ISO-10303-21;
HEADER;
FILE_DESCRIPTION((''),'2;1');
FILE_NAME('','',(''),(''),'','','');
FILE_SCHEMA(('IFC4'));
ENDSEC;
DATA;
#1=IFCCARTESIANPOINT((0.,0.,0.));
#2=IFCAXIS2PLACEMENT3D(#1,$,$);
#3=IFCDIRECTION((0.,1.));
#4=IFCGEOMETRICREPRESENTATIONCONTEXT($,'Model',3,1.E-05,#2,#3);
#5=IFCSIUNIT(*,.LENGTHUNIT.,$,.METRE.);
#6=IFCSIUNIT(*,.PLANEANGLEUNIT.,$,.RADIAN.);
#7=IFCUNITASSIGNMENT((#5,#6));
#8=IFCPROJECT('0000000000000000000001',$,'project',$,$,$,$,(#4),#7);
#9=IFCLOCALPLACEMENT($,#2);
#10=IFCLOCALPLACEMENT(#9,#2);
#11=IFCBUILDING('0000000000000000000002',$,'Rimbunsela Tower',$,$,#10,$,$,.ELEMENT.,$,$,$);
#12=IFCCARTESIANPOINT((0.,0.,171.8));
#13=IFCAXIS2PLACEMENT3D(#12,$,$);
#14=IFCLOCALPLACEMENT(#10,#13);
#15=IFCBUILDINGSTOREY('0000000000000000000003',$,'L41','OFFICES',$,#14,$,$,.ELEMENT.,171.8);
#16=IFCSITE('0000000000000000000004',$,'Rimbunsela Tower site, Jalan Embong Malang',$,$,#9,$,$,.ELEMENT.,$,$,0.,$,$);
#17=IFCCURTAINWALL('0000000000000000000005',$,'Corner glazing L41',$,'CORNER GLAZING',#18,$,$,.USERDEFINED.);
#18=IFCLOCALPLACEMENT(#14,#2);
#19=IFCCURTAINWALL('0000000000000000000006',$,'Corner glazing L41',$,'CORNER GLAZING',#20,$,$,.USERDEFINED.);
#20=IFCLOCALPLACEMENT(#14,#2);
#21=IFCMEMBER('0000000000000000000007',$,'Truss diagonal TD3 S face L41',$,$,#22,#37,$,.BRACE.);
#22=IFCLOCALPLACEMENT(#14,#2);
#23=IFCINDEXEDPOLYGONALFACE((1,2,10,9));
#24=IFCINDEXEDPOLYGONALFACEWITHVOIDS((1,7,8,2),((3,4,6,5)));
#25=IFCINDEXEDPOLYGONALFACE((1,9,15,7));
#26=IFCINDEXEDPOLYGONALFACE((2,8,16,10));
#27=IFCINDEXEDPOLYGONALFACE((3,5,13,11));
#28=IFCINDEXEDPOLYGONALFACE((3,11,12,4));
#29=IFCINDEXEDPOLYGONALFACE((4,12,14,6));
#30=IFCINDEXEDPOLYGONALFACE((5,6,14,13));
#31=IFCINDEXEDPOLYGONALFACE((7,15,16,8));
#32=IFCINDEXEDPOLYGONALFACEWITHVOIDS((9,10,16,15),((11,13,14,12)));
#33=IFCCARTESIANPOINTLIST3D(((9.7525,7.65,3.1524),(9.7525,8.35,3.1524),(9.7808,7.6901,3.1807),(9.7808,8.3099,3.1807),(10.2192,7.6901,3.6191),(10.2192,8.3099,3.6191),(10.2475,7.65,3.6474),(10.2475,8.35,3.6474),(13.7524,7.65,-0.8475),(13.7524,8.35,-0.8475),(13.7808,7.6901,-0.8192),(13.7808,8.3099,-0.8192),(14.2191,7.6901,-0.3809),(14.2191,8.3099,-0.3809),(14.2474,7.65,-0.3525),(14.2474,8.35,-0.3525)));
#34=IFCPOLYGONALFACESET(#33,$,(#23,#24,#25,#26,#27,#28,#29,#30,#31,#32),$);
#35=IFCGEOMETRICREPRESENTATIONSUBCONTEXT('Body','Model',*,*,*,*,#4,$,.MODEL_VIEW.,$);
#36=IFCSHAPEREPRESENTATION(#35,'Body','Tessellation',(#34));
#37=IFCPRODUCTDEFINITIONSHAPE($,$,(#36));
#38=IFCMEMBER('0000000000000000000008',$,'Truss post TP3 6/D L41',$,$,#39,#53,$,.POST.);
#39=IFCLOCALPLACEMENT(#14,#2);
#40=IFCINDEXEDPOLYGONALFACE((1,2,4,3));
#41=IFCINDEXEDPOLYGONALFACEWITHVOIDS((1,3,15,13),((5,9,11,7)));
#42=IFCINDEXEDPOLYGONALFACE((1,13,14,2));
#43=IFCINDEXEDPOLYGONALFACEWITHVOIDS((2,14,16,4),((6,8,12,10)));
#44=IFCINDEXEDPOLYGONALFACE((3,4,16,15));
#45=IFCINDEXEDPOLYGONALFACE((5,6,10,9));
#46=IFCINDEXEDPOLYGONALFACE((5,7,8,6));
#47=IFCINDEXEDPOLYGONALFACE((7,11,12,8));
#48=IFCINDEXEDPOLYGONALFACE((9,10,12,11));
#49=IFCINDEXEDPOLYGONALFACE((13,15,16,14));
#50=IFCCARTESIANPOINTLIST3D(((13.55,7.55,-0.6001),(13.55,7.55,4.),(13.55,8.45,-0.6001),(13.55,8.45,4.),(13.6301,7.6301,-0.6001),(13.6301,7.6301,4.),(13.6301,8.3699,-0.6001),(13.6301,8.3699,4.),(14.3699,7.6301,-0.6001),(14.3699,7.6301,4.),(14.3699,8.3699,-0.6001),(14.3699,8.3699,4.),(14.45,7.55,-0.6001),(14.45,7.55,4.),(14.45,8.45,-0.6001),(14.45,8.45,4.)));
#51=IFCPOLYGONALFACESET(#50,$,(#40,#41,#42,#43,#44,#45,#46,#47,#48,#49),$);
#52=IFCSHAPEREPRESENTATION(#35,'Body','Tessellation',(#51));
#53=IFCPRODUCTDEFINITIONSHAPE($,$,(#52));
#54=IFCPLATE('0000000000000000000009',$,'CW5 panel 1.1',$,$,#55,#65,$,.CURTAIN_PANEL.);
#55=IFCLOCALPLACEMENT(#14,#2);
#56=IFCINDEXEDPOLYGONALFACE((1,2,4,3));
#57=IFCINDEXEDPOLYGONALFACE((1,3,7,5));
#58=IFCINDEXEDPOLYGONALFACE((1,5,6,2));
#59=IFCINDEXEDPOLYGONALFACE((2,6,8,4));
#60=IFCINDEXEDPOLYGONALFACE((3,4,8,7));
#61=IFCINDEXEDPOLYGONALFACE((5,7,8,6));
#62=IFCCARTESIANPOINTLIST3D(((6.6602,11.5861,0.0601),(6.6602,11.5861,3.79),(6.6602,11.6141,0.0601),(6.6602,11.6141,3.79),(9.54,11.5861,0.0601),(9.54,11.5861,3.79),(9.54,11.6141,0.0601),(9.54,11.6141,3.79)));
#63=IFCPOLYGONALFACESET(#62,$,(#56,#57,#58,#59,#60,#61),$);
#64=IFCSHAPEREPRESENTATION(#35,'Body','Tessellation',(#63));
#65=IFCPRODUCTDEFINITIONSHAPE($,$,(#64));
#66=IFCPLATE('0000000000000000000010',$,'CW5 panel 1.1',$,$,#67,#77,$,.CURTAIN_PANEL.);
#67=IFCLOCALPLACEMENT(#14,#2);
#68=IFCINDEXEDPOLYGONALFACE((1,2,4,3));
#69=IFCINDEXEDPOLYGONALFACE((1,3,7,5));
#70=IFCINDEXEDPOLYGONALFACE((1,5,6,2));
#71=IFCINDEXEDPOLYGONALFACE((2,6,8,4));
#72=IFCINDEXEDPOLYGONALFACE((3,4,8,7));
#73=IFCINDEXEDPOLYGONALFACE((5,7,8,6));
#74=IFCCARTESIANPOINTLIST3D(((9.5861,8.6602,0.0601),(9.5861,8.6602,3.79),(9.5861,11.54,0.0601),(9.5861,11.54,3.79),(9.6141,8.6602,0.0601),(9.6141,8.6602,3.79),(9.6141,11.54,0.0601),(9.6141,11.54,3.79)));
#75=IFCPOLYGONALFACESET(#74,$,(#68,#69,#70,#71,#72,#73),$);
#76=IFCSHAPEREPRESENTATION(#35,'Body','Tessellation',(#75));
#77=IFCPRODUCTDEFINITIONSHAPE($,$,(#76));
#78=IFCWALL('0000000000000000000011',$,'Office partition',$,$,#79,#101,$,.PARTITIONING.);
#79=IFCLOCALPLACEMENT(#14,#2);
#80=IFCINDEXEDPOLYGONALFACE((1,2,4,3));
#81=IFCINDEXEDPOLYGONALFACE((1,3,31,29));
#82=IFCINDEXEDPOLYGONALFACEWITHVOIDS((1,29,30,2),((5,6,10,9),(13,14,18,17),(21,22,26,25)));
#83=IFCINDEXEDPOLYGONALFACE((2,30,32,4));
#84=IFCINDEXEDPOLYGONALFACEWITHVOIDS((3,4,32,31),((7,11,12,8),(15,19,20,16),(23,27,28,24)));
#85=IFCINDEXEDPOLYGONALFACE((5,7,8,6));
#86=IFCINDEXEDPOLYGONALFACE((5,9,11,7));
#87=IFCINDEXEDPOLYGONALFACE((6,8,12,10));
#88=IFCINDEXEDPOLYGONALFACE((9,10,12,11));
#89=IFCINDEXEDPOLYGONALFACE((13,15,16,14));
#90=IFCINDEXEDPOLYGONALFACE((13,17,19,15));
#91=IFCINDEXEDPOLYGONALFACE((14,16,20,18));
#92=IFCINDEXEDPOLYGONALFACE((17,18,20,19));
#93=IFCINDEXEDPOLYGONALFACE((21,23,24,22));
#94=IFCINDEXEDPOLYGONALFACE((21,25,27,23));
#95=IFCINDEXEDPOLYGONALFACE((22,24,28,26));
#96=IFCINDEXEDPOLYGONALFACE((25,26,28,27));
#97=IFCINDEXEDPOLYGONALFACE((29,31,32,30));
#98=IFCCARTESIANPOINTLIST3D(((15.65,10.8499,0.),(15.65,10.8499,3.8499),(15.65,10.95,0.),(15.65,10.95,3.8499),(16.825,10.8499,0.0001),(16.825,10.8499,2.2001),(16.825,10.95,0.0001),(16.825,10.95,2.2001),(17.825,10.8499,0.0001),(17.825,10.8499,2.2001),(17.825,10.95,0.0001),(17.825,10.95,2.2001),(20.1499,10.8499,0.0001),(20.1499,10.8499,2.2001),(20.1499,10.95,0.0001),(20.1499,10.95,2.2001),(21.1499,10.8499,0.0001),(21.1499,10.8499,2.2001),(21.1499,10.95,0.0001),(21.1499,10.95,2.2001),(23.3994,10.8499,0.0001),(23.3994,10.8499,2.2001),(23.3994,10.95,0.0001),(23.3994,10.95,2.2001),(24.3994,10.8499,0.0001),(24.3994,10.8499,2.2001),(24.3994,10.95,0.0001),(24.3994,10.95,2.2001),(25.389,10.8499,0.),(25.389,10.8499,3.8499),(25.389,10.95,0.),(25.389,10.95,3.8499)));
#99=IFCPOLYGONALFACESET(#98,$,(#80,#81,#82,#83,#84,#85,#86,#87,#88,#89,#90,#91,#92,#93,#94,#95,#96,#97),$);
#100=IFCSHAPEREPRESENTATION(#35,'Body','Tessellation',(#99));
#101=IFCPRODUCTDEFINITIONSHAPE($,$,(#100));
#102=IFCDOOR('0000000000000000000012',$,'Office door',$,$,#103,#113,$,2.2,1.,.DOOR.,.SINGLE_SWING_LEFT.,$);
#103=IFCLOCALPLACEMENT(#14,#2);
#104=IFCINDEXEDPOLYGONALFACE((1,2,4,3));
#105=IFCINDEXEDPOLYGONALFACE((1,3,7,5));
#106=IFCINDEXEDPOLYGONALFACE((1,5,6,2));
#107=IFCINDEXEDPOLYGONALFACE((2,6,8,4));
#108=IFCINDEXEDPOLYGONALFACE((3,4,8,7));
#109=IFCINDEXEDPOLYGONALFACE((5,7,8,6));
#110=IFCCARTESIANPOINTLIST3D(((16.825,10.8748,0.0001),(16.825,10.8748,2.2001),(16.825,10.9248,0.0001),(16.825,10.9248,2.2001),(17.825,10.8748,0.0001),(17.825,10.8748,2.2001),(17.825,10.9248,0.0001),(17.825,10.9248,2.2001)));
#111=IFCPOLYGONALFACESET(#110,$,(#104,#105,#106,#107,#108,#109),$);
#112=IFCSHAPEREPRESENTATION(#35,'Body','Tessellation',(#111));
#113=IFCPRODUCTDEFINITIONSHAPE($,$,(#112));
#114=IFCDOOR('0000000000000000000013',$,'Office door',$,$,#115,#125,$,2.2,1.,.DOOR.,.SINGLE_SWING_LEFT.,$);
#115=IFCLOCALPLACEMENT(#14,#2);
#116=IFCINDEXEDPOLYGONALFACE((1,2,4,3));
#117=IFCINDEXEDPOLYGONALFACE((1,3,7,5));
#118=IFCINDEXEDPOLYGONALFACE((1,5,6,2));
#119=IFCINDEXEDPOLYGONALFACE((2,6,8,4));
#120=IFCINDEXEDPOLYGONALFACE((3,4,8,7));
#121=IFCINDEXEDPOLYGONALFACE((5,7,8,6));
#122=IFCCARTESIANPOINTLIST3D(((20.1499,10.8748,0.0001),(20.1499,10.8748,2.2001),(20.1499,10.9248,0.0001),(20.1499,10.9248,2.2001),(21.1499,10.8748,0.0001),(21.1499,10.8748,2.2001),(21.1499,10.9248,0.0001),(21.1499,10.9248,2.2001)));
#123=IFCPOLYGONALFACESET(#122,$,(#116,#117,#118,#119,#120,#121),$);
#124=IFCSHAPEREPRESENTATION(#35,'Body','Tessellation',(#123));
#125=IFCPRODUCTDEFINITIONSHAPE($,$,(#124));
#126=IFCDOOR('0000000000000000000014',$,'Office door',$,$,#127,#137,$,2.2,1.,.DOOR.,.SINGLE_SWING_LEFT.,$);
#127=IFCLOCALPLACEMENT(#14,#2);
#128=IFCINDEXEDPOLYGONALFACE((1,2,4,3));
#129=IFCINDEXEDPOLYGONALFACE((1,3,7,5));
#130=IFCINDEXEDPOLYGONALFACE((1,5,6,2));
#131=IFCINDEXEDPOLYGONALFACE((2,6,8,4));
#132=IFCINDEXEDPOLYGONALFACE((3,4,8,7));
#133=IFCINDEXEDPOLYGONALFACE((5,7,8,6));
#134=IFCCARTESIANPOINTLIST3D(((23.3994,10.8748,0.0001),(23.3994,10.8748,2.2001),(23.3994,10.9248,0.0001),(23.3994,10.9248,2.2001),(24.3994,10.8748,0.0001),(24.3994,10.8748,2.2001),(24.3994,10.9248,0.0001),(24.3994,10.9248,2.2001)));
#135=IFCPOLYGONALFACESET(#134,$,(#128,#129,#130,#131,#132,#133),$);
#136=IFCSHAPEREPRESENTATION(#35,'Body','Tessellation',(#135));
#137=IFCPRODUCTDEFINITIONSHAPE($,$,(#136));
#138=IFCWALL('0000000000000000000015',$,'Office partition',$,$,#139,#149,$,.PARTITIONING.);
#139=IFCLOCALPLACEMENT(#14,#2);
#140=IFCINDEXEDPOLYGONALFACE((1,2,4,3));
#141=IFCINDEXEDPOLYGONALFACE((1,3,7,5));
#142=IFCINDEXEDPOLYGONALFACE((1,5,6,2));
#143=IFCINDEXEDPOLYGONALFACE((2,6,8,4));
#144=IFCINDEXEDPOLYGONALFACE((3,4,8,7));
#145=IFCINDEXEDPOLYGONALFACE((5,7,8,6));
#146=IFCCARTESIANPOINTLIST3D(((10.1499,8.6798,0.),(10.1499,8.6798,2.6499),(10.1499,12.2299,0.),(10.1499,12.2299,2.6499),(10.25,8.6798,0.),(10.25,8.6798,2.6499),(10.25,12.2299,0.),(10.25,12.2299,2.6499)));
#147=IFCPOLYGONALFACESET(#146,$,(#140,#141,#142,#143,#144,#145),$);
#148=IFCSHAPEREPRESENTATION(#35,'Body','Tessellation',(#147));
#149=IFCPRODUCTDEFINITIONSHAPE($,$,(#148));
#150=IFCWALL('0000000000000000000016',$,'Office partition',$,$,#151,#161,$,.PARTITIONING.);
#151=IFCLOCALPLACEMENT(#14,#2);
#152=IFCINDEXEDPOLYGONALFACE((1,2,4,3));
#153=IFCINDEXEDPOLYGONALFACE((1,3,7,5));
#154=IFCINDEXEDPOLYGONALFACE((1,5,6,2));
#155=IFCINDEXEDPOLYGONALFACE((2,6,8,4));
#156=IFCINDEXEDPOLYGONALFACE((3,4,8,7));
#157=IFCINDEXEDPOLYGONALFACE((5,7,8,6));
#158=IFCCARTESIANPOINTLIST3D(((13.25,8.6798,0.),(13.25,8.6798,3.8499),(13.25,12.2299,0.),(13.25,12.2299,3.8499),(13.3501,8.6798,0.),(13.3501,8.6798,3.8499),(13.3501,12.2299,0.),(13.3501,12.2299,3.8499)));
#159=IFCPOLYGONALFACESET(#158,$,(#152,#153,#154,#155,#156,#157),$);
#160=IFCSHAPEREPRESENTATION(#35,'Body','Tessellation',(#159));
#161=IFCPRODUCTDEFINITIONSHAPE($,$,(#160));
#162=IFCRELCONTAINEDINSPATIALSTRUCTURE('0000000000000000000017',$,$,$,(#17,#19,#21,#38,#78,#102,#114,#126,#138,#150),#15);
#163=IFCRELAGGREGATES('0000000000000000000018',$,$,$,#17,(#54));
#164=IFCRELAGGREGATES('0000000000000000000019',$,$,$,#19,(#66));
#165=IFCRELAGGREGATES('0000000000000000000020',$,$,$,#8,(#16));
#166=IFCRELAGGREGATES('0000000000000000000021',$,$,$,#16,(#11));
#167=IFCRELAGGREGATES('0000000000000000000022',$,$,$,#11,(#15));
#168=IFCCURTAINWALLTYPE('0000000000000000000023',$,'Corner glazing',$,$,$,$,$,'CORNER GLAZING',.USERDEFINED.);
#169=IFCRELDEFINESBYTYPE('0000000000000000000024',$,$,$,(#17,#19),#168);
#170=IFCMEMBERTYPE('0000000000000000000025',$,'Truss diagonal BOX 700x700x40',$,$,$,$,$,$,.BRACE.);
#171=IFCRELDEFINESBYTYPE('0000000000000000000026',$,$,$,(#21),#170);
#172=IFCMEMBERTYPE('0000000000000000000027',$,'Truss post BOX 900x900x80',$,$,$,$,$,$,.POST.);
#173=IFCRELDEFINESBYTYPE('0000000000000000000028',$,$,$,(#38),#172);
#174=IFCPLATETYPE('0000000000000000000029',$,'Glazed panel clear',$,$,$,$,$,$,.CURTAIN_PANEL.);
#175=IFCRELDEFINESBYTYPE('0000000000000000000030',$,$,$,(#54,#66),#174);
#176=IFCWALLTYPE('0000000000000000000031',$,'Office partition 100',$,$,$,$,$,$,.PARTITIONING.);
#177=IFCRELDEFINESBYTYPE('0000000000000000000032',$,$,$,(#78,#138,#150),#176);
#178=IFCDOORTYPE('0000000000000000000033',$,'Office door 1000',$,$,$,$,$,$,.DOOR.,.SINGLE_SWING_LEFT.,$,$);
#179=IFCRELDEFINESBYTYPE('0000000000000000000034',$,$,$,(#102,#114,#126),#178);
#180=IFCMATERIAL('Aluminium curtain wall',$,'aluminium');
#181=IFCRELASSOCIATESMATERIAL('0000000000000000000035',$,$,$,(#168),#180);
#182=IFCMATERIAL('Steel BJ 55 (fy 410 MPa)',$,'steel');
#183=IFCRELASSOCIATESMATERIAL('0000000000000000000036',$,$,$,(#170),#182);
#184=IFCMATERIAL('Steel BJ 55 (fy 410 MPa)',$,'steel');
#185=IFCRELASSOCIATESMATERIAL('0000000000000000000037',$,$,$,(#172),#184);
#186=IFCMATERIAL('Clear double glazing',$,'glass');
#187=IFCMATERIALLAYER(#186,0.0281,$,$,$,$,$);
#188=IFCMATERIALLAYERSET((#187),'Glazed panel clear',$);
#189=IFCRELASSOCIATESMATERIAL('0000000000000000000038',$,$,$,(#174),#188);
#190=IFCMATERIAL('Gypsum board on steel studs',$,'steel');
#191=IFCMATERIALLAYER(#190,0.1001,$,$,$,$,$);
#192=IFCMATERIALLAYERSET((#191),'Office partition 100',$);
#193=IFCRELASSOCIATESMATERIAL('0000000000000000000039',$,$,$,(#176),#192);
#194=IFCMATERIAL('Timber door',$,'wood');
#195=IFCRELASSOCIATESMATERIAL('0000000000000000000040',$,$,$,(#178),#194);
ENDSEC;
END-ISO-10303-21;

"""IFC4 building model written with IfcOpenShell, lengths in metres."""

from ifc_helpers import new_model, si_unit, direction, frame, frame_2d, origin, origin_2d, place, context, subcontext, project, spatial, rectangle, hollow_rectangle, extrude, material, layer, layer_set, material_profile, profile_set, type_object, element, fill, aggregate, save


model = new_model("IFC4")

# Units and contexts
model_context = context("Model", 3, precision=1e-05, world=origin(), true_north=direction((0.0, 1.0)))
body_context = subcontext(model_context, "Body", "Model", "MODEL_VIEW")
ifc_project = project(units=[si_unit("LENGTHUNIT", "METRE"), si_unit("PLANEANGLEUNIT", "RADIAN")], contexts=[model_context])

# Site, building, storey
site_placement = place(None, origin())
site = spatial("IfcSite", under=ifc_project, at=site_placement, Name="Rimbunsela Tower site, Jalan Embong Malang", CompositionType="ELEMENT", RefElevation=0.0)
building_placement = place(site_placement, origin())
building = spatial("IfcBuilding", under=site, at=building_placement, Name="Rimbunsela Tower", CompositionType="ELEMENT")
storey_placement = place(building_placement, frame((0.0, 0.0, 171.8)))
storey = spatial("IfcBuildingStorey", under=building, at=storey_placement, Name="L41", Description="OFFICES", CompositionType="ELEMENT", Elevation=171.8)

# Curtain walls
ifc_material_1 = material(Name="Aluminium curtain wall", Category="aluminium")
curtain_wall_type_1 = type_object("IfcCurtainWallType", Name="Corner glazing", ElementType="CORNER GLAZING", PredefinedType="USERDEFINED", material=ifc_material_1)
curtain_wall_1_placement = place(storey_placement, origin())
curtain_wall_1 = element("IfcCurtainWall", 1, at=curtain_wall_1_placement, inside=storey, type_object=curtain_wall_type_1, Name="Corner glazing L41", ObjectType="CORNER GLAZING", PredefinedType="USERDEFINED")
curtain_wall_2_placement = place(storey_placement, origin())
curtain_wall_2 = element("IfcCurtainWall", 2, at=curtain_wall_2_placement, inside=storey, type_object=curtain_wall_type_1, Name="Corner glazing L41", ObjectType="CORNER GLAZING", PredefinedType="USERDEFINED")

# Members
ifc_material_2 = material(Name="Steel BJ 55 (fy 410 MPa)", Category="steel")
ifc_material_profile_1 = material_profile(ifc_material_2, hollow_rectangle(XDim=0.7, YDim=0.7, WallThickness=0.04, at=origin_2d()), Name="BOX 700x700x40")
ifc_profile_set_1 = profile_set([ifc_material_profile_1], Name="Steel BJ 55 (fy 410 MPa)")
member_type_1 = type_object("IfcMemberType", Name="Truss diagonal BOX 700x700x40", PredefinedType="BRACE", material=ifc_profile_set_1)
member_1_placement = place(storey_placement, frame((10.0, 8.0, 3.3999), z_axis=(0.707107, 0.0, -0.707107), x_axis=(0.0, 1.0, 0.0)))
element("IfcMember", 3, at=member_1_placement, inside=storey, type_object=member_type_1, Name="Truss diagonal TD3 S face L41", PredefinedType="BRACE", context=body_context, shape_type="SweptSolid", body=[
    extrude(hollow_rectangle(XDim=0.7, YDim=0.7, WallThickness=0.04, at=origin_2d()), origin(), (0.0, 0.0, 1.0), 5.6567),
])
ifc_material_3 = material(Name="Steel BJ 55 (fy 410 MPa)", Category="steel")
ifc_material_profile_2 = material_profile(ifc_material_3, hollow_rectangle(XDim=0.8999, YDim=0.8999, WallThickness=0.0801, at=origin_2d()), Name="BOX 900x900x80")
ifc_profile_set_2 = profile_set([ifc_material_profile_2], Name="Steel BJ 55 (fy 410 MPa)")
member_type_2 = type_object("IfcMemberType", Name="Truss post BOX 900x900x80", PredefinedType="POST", material=ifc_profile_set_2)
member_2_placement = place(storey_placement, frame((14.0, 8.0, -0.6001), z_axis=(0.0, 0.0, 1.0), x_axis=(1.0, 0.0, 0.0)))
element("IfcMember", 4, at=member_2_placement, inside=storey, type_object=member_type_2, Name="Truss post TP3 6/D L41", PredefinedType="POST", context=body_context, shape_type="SweptSolid", body=[
    extrude(hollow_rectangle(XDim=0.8999, YDim=0.8999, WallThickness=0.0801, at=origin_2d()), origin(), (0.0, 0.0, 1.0), 4.6001),
])

# Plates
ifc_material_4 = material(Name="Clear double glazing", Category="glass")
ifc_layer_1 = layer(ifc_material_4, 0.0281)
ifc_layer_set_1 = layer_set([ifc_layer_1], Name="Glazed panel clear")
plate_type = type_object("IfcPlateType", Name="Glazed panel clear", PredefinedType="CURTAIN_PANEL", material=ifc_layer_set_1)
plate_1_placement = place(storey_placement, frame((8.1001, 11.6001, 0.0601), z_axis=(0.0, 0.0, 1.0), x_axis=(1.0, 0.0, 0.0)))
plate_1 = element("IfcPlate", 5, at=plate_1_placement, type_object=plate_type, Name="CW5 panel 1.1", PredefinedType="CURTAIN_PANEL", context=body_context, shape_type="SweptSolid", body=[
    extrude(rectangle(XDim=2.8799, YDim=0.0281, at=origin_2d()), origin(), (0.0, 0.0, 1.0), 3.73),
])
aggregate(curtain_wall_1, [plate_1])
plate_2_placement = place(storey_placement, frame((9.6001, 10.1001, 0.0601), z_axis=(0.0, 0.0, 1.0), x_axis=(0.0, -1.0, 0.0)))
plate_2 = element("IfcPlate", 6, at=plate_2_placement, type_object=plate_type, Name="CW5 panel 1.1", PredefinedType="CURTAIN_PANEL", context=body_context, shape_type="SweptSolid", body=[
    extrude(rectangle(XDim=2.8799, YDim=0.0281, at=origin_2d()), origin(), (0.0, 0.0, 1.0), 3.73),
])
aggregate(curtain_wall_2, [plate_2])

# Wall, openings, doors
ifc_material_5 = material(Name="Gypsum board on steel studs", Category="steel")
ifc_layer_2 = layer(ifc_material_5, 0.1001)
ifc_layer_set_2 = layer_set([ifc_layer_2], Name="Office partition 100")
wall_type_1 = type_object("IfcWallType", Name="Office partition 100", PredefinedType="PARTITIONING", material=ifc_layer_set_2)
wall_1_placement = place(storey_placement, frame((15.6499, 10.8999, 0.0), z_axis=(0.0, 0.0, 1.0), x_axis=(1.0, 0.0, 0.0)))
wall_1 = element("IfcWall", 7, at=wall_1_placement, inside=storey, type_object=wall_type_1, Name="Office partition", PredefinedType="PARTITIONING", context=body_context, shape_type="SweptSolid", body=[
    extrude(rectangle(XDim=9.739, YDim=0.1001, at=frame_2d((4.8696, 0.0))), origin(), (0.0, 0.0, 1.0), 3.8499),
])
opening_1_placement = place(wall_1_placement, frame((1.175, 0.0, 0.0)))
opening_1 = element("IfcOpeningElement", 8, at=opening_1_placement, cuts=wall_1, PredefinedType="OPENING", context=body_context, shape_type="SweptSolid", body=[
    extrude(rectangle(XDim=1.0, YDim=2.2, at=frame_2d((0.5, 1.1001))), frame((0.0, 0.0601, 0.0), z_axis=(0.0, -1.0, 0.0), x_axis=(1.0, 0.0, 0.0)), (0.0, 0.0, 1.0), 0.1201),
])
opening_2_placement = place(wall_1_placement, frame((4.5, 0.0, 0.0)))
opening_2 = element("IfcOpeningElement", 9, at=opening_2_placement, cuts=wall_1, PredefinedType="OPENING", context=body_context, shape_type="SweptSolid", body=[
    extrude(rectangle(XDim=1.0, YDim=2.2, at=frame_2d((0.5, 1.1001))), frame((0.0, 0.0601, 0.0), z_axis=(0.0, -1.0, 0.0), x_axis=(1.0, 0.0, 0.0)), (0.0, 0.0, 1.0), 0.1201),
])
opening_3_placement = place(wall_1_placement, frame((7.7495, 0.0, 0.0)))
opening_3 = element("IfcOpeningElement", 10, at=opening_3_placement, cuts=wall_1, PredefinedType="OPENING", context=body_context, shape_type="SweptSolid", body=[
    extrude(rectangle(XDim=1.0, YDim=2.2, at=frame_2d((0.5, 1.1001))), frame((0.0, 0.0601, 0.0), z_axis=(0.0, -1.0, 0.0), x_axis=(1.0, 0.0, 0.0)), (0.0, 0.0, 1.0), 0.1201),
])
ifc_material_6 = material(Name="Timber door", Category="wood")
door_type_1 = type_object("IfcDoorType", Name="Office door 1000", OperationType="SINGLE_SWING_LEFT", PredefinedType="DOOR", material=ifc_material_6)
door_1_placement = place(opening_1_placement, origin())
door_1 = element("IfcDoor", 11, at=door_1_placement, inside=storey, type_object=door_type_1, Name="Office door", OperationType="SINGLE_SWING_LEFT", OverallHeight=2.2, OverallWidth=1.0, PredefinedType="DOOR", context=body_context, shape_type="SweptSolid", body=[
    extrude(rectangle(XDim=1.0, YDim=2.2, at=frame_2d((0.5, 1.1001))), frame((0.0, 0.0249, 0.0), z_axis=(0.0, -1.0, 0.0), x_axis=(1.0, 0.0, 0.0)), (0.0, 0.0, 1.0), 0.05),
])
fill(opening_1, door_1)
door_2_placement = place(opening_2_placement, origin())
door_2 = element("IfcDoor", 12, at=door_2_placement, inside=storey, type_object=door_type_1, Name="Office door", OperationType="SINGLE_SWING_LEFT", OverallHeight=2.2, OverallWidth=1.0, PredefinedType="DOOR", context=body_context, shape_type="SweptSolid", body=[
    extrude(rectangle(XDim=1.0, YDim=2.2, at=frame_2d((0.5, 1.1001))), frame((0.0, 0.0249, 0.0), z_axis=(0.0, -1.0, 0.0), x_axis=(1.0, 0.0, 0.0)), (0.0, 0.0, 1.0), 0.05),
])
fill(opening_2, door_2)
door_3_placement = place(opening_3_placement, origin())
door_3 = element("IfcDoor", 13, at=door_3_placement, inside=storey, type_object=door_type_1, Name="Office door", OperationType="SINGLE_SWING_LEFT", OverallHeight=2.2, OverallWidth=1.0, PredefinedType="DOOR", context=body_context, shape_type="SweptSolid", body=[
    extrude(rectangle(XDim=1.0, YDim=2.2, at=frame_2d((0.5, 1.1001))), frame((0.0, 0.0249, 0.0), z_axis=(0.0, -1.0, 0.0), x_axis=(1.0, 0.0, 0.0)), (0.0, 0.0, 1.0), 0.05),
])
fill(opening_3, door_3)

# Walls
wall_2_placement = place(storey_placement, frame((10.2, 8.6799, 0.0), z_axis=(0.0, 0.0, 1.0), x_axis=(0.0, 1.0, 0.0)))
element("IfcWall", 14, at=wall_2_placement, inside=storey, type_object=wall_type_1, Name="Office partition", PredefinedType="PARTITIONING", context=body_context, shape_type="SweptSolid", body=[
    extrude(rectangle(XDim=3.55, YDim=0.1001, at=frame_2d((1.7749, 0.0))), origin(), (0.0, 0.0, 1.0), 2.6499),
])
wall_3_placement = place(storey_placement, frame((13.3, 8.6799, 0.0), z_axis=(0.0, 0.0, 1.0), x_axis=(0.0, 1.0, 0.0)))
element("IfcWall", 15, at=wall_3_placement, inside=storey, type_object=wall_type_1, Name="Office partition", PredefinedType="PARTITIONING", context=body_context, shape_type="SweptSolid", body=[
    extrude(rectangle(XDim=3.55, YDim=0.1001, at=frame_2d((1.7749, 0.0))), origin(), (0.0, 0.0, 1.0), 3.8499),
])

save(model, "model.ifc")
